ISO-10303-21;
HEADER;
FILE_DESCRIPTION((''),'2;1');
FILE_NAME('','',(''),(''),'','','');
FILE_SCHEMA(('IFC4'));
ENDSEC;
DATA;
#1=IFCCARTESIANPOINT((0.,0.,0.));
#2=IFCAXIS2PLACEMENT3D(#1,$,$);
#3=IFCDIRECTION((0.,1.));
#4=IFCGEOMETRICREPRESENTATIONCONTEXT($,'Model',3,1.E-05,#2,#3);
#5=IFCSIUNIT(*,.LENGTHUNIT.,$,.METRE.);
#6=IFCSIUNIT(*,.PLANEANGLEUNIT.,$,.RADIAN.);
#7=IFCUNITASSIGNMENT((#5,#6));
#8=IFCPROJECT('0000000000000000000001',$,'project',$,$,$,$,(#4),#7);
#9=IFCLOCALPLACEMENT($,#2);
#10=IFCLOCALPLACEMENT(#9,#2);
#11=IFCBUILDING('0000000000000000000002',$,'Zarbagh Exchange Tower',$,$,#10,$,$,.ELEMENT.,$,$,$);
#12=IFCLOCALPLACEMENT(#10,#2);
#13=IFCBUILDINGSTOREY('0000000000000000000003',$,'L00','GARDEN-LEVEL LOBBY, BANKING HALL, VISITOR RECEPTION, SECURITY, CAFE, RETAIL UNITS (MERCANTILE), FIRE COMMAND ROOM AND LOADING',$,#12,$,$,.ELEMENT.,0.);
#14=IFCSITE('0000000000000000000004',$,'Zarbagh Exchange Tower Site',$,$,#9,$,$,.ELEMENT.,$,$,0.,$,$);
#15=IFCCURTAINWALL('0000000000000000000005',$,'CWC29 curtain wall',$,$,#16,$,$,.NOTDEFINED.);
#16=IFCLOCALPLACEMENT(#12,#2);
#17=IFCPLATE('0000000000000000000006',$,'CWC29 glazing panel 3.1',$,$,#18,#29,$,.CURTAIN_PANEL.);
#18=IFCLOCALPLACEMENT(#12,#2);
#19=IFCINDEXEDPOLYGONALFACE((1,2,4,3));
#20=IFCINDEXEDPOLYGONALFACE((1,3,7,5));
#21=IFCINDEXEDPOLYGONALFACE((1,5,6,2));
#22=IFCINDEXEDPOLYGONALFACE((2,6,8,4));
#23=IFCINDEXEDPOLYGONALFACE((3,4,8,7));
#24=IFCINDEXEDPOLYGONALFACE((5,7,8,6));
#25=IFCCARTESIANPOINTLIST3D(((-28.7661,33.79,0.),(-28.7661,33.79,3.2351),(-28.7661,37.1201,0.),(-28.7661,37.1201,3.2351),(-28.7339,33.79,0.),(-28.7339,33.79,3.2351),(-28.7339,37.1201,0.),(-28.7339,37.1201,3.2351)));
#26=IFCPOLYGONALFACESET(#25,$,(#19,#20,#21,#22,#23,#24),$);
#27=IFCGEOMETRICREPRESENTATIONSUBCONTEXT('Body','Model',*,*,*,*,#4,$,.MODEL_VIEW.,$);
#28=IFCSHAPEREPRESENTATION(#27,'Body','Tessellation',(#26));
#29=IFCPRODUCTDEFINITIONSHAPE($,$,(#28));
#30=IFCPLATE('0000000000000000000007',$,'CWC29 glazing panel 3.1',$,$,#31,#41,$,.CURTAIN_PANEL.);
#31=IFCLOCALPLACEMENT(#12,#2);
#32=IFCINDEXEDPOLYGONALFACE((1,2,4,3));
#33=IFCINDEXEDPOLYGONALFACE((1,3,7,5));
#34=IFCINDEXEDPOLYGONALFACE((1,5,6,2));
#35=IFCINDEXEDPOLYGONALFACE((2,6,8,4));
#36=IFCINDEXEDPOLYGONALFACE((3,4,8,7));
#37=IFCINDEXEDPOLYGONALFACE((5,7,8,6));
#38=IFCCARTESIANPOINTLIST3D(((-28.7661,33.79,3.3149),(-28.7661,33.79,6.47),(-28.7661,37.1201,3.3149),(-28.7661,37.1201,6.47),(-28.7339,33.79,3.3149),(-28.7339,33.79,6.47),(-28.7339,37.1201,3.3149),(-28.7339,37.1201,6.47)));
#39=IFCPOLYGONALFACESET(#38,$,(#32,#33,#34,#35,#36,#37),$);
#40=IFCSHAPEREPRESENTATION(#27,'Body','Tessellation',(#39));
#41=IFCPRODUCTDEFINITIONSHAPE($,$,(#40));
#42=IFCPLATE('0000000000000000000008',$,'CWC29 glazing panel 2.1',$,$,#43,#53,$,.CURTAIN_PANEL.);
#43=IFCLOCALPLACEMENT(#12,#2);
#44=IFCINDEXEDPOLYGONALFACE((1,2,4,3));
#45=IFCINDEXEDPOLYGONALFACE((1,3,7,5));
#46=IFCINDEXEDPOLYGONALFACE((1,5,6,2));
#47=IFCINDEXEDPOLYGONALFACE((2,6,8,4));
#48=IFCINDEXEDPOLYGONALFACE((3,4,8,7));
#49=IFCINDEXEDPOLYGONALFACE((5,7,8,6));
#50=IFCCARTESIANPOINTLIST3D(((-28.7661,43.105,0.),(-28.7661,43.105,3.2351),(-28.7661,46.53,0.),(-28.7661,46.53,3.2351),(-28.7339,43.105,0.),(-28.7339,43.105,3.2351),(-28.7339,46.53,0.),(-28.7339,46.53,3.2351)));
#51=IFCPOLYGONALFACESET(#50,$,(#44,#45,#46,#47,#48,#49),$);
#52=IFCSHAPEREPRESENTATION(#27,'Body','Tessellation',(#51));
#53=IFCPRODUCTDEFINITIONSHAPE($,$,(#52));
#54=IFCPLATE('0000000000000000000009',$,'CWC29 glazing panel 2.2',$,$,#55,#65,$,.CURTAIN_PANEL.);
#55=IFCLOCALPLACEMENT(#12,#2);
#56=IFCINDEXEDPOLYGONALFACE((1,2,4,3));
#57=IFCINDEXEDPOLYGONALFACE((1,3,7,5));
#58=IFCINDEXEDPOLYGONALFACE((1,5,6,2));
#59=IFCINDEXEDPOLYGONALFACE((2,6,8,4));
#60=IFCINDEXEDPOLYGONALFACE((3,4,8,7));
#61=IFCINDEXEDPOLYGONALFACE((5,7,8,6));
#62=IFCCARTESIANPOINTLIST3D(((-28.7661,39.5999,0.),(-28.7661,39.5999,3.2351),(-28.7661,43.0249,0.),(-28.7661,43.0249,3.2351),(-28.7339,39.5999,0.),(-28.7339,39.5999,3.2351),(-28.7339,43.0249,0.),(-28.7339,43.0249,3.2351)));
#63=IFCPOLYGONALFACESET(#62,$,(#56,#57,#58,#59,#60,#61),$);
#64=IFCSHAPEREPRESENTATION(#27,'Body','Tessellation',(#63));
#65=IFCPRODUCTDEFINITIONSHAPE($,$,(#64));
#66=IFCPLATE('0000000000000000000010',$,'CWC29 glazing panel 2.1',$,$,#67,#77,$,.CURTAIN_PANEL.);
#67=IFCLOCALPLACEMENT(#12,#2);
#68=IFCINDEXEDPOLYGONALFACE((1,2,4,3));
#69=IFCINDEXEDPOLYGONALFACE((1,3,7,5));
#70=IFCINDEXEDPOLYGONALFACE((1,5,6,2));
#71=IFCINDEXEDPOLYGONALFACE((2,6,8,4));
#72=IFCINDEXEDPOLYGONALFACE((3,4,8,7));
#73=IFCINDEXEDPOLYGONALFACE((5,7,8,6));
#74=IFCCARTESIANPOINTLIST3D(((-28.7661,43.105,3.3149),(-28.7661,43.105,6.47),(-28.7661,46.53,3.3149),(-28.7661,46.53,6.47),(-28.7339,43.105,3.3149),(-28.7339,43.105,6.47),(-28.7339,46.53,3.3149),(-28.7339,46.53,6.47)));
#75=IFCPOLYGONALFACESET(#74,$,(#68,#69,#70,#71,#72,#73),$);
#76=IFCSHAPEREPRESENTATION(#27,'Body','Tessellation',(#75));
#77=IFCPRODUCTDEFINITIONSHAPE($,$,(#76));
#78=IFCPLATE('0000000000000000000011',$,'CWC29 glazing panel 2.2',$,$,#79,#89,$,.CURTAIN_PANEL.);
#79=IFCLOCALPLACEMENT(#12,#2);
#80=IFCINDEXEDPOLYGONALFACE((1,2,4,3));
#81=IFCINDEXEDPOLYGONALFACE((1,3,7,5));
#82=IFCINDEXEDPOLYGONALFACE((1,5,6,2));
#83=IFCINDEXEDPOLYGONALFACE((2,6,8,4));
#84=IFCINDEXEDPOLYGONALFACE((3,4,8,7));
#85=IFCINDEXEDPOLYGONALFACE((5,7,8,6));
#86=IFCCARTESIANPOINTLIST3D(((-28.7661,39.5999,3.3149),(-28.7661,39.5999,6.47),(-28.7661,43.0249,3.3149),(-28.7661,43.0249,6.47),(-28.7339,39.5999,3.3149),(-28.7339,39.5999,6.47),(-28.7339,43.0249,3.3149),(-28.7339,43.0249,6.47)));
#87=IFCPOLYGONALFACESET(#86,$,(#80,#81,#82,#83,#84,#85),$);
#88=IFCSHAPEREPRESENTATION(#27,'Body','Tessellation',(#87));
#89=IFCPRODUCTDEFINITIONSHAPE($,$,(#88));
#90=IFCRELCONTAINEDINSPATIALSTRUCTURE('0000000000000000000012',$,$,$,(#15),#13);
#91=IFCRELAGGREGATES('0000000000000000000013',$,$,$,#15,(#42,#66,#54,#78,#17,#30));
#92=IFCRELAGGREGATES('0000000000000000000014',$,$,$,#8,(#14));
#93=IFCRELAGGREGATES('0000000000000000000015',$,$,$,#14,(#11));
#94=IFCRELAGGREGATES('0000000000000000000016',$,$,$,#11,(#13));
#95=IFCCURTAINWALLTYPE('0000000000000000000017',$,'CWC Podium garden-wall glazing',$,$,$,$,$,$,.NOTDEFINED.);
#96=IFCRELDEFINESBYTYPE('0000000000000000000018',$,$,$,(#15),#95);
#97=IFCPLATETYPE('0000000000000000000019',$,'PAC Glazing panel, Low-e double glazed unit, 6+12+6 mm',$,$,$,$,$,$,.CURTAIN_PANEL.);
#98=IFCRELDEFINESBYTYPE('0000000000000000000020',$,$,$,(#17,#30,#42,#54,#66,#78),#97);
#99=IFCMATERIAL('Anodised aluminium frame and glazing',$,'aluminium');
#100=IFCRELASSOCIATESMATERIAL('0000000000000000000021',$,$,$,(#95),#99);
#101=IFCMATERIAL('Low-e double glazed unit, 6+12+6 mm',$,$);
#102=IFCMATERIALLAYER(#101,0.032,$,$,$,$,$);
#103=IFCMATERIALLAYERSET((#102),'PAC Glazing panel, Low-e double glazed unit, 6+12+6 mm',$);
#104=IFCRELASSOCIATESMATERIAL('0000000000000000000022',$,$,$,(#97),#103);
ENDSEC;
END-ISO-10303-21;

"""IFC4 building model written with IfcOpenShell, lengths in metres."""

from ifc_helpers import new_model, si_unit, direction, origin, place, context, subcontext, project, spatial, polyline, outline, extrude, source, transform, mapped, material, layer, layer_set, type_object, element, aggregate, save


model = new_model("IFC4")

# Units and contexts
model_context = context("Model", 3, precision=1e-05, world=origin(), true_north=direction((0.0, 1.0)))
body_context = subcontext(model_context, "Body", "Model", "MODEL_VIEW")
ifc_project = project(units=[si_unit("LENGTHUNIT", "METRE"), si_unit("PLANEANGLEUNIT", "RADIAN")], contexts=[model_context])

# Site, building, storey
site_placement = place(None, origin())
site = spatial("IfcSite", under=ifc_project, at=site_placement, Name="Zarbagh Exchange Tower Site", CompositionType="ELEMENT", RefElevation=0.0)
building_placement = place(site_placement, origin())
building = spatial("IfcBuilding", under=site, at=building_placement, Name="Zarbagh Exchange Tower", CompositionType="ELEMENT")
storey_placement = place(building_placement, origin())
storey = spatial("IfcBuildingStorey", under=building, at=storey_placement, Name="L00", Description="GARDEN-LEVEL LOBBY, BANKING HALL, VISITOR RECEPTION, SECURITY, CAFE, RETAIL UNITS (MERCANTILE), FIRE COMMAND ROOM AND LOADING", CompositionType="ELEMENT", Elevation=0.0)

# Curtain wall
ifc_material_1 = material(Name="Anodised aluminium frame and glazing", Category="aluminium")
curtain_wall_type = type_object("IfcCurtainWallType", Name="CWC Podium garden-wall glazing", PredefinedType="NOTDEFINED", material=ifc_material_1)
curtain_wall_1_placement = place(storey_placement, origin())
curtain_wall_1 = element("IfcCurtainWall", 1, at=curtain_wall_1_placement, inside=storey, type_object=curtain_wall_type, Name="CWC29 curtain wall", PredefinedType="NOTDEFINED")
placement = place(storey_placement, origin())

# Plates
ifc_material_2 = material(Name="Low-e double glazed unit, 6+12+6 mm")
ifc_layer = layer(ifc_material_2, 0.032)
ifc_layer_set = layer_set([ifc_layer], Name="PAC Glazing panel, Low-e double glazed unit, 6+12+6 mm")
plate_type = type_object("IfcPlateType", Name="PAC Glazing panel, Low-e double glazed unit, 6+12+6 mm", PredefinedType="CURTAIN_PANEL", material=ifc_layer_set)
shared_shape_1 = source(origin(), body_context, "Body", "SweptSolid", [
    extrude(outline(polyline([(0.0, -0.0161), (3.3301, -0.0161), (3.3301, 0.0161), (0.0, 0.0161), (0.0, -0.0161)])), origin(), (0.0, 0.0, 1.0), 3.2351),
])
plate_1 = element("IfcPlate", 2, at=placement, type_object=plate_type, Name="CWC29 glazing panel 3.1", PredefinedType="CURTAIN_PANEL", context=body_context, shape_type="MappedRepresentation", body=[
    mapped(shared_shape_1, transform((-28.75, 37.1201, 0.0), x_axis=(0.0, -1.0, 0.0), y_axis=(1.0, 0.0, 0.0), z_axis=(0.0, 0.0, 1.0))),
])
shared_shape_2 = source(origin(), body_context, "Body", "SweptSolid", [
    extrude(outline(polyline([(0.0, -0.0161), (3.3301, -0.0161), (3.3301, 0.0161), (0.0, 0.0161), (0.0, -0.0161)])), origin(), (0.0, 0.0, 1.0), 3.155),
])
plate_2 = element("IfcPlate", 3, at=placement, type_object=plate_type, Name="CWC29 glazing panel 3.1", PredefinedType="CURTAIN_PANEL", context=body_context, shape_type="MappedRepresentation", body=[
    mapped(shared_shape_2, transform((-28.75, 37.1201, 3.3149), x_axis=(0.0, -1.0, 0.0), y_axis=(1.0, 0.0, 0.0), z_axis=(0.0, 0.0, 1.0))),
])
shared_shape_3 = source(origin(), body_context, "Body", "SweptSolid", [
    extrude(outline(polyline([(0.0, -0.0161), (3.425, -0.0161), (3.425, 0.0161), (0.0, 0.0161), (0.0, -0.0161)])), origin(), (0.0, 0.0, 1.0), 3.2351),
])
plate_3 = element("IfcPlate", 4, at=placement, type_object=plate_type, Name="CWC29 glazing panel 2.1", PredefinedType="CURTAIN_PANEL", context=body_context, shape_type="MappedRepresentation", body=[
    mapped(shared_shape_3, transform((-28.75, 46.53, 0.0), x_axis=(0.0, -1.0, 0.0), y_axis=(1.0, 0.0, 0.0), z_axis=(0.0, 0.0, 1.0))),
])
plate_4 = element("IfcPlate", 5, at=placement, type_object=plate_type, Name="CWC29 glazing panel 2.2", PredefinedType="CURTAIN_PANEL", context=body_context, shape_type="MappedRepresentation", body=[
    mapped(shared_shape_3, transform((-28.75, 43.0249, 0.0), x_axis=(0.0, -1.0, 0.0), y_axis=(1.0, 0.0, 0.0), z_axis=(0.0, 0.0, 1.0))),
])
shared_shape_4 = source(origin(), body_context, "Body", "SweptSolid", [
    extrude(outline(polyline([(0.0, -0.0161), (3.425, -0.0161), (3.425, 0.0161), (0.0, 0.0161), (0.0, -0.0161)])), origin(), (0.0, 0.0, 1.0), 3.155),
])
plate_5 = element("IfcPlate", 6, at=placement, type_object=plate_type, Name="CWC29 glazing panel 2.1", PredefinedType="CURTAIN_PANEL", context=body_context, shape_type="MappedRepresentation", body=[
    mapped(shared_shape_4, transform((-28.75, 46.53, 3.3149), x_axis=(0.0, -1.0, 0.0), y_axis=(1.0, 0.0, 0.0), z_axis=(0.0, 0.0, 1.0))),
])
plate_6 = element("IfcPlate", 7, at=placement, type_object=plate_type, Name="CWC29 glazing panel 2.2", PredefinedType="CURTAIN_PANEL", context=body_context, shape_type="MappedRepresentation", body=[
    mapped(shared_shape_4, transform((-28.75, 43.0249, 3.3149), x_axis=(0.0, -1.0, 0.0), y_axis=(1.0, 0.0, 0.0), z_axis=(0.0, 0.0, 1.0))),
])
aggregate(curtain_wall_1, [plate_3, plate_5, plate_4, plate_6, plate_1, plate_2])

save(model, "model.ifc")
